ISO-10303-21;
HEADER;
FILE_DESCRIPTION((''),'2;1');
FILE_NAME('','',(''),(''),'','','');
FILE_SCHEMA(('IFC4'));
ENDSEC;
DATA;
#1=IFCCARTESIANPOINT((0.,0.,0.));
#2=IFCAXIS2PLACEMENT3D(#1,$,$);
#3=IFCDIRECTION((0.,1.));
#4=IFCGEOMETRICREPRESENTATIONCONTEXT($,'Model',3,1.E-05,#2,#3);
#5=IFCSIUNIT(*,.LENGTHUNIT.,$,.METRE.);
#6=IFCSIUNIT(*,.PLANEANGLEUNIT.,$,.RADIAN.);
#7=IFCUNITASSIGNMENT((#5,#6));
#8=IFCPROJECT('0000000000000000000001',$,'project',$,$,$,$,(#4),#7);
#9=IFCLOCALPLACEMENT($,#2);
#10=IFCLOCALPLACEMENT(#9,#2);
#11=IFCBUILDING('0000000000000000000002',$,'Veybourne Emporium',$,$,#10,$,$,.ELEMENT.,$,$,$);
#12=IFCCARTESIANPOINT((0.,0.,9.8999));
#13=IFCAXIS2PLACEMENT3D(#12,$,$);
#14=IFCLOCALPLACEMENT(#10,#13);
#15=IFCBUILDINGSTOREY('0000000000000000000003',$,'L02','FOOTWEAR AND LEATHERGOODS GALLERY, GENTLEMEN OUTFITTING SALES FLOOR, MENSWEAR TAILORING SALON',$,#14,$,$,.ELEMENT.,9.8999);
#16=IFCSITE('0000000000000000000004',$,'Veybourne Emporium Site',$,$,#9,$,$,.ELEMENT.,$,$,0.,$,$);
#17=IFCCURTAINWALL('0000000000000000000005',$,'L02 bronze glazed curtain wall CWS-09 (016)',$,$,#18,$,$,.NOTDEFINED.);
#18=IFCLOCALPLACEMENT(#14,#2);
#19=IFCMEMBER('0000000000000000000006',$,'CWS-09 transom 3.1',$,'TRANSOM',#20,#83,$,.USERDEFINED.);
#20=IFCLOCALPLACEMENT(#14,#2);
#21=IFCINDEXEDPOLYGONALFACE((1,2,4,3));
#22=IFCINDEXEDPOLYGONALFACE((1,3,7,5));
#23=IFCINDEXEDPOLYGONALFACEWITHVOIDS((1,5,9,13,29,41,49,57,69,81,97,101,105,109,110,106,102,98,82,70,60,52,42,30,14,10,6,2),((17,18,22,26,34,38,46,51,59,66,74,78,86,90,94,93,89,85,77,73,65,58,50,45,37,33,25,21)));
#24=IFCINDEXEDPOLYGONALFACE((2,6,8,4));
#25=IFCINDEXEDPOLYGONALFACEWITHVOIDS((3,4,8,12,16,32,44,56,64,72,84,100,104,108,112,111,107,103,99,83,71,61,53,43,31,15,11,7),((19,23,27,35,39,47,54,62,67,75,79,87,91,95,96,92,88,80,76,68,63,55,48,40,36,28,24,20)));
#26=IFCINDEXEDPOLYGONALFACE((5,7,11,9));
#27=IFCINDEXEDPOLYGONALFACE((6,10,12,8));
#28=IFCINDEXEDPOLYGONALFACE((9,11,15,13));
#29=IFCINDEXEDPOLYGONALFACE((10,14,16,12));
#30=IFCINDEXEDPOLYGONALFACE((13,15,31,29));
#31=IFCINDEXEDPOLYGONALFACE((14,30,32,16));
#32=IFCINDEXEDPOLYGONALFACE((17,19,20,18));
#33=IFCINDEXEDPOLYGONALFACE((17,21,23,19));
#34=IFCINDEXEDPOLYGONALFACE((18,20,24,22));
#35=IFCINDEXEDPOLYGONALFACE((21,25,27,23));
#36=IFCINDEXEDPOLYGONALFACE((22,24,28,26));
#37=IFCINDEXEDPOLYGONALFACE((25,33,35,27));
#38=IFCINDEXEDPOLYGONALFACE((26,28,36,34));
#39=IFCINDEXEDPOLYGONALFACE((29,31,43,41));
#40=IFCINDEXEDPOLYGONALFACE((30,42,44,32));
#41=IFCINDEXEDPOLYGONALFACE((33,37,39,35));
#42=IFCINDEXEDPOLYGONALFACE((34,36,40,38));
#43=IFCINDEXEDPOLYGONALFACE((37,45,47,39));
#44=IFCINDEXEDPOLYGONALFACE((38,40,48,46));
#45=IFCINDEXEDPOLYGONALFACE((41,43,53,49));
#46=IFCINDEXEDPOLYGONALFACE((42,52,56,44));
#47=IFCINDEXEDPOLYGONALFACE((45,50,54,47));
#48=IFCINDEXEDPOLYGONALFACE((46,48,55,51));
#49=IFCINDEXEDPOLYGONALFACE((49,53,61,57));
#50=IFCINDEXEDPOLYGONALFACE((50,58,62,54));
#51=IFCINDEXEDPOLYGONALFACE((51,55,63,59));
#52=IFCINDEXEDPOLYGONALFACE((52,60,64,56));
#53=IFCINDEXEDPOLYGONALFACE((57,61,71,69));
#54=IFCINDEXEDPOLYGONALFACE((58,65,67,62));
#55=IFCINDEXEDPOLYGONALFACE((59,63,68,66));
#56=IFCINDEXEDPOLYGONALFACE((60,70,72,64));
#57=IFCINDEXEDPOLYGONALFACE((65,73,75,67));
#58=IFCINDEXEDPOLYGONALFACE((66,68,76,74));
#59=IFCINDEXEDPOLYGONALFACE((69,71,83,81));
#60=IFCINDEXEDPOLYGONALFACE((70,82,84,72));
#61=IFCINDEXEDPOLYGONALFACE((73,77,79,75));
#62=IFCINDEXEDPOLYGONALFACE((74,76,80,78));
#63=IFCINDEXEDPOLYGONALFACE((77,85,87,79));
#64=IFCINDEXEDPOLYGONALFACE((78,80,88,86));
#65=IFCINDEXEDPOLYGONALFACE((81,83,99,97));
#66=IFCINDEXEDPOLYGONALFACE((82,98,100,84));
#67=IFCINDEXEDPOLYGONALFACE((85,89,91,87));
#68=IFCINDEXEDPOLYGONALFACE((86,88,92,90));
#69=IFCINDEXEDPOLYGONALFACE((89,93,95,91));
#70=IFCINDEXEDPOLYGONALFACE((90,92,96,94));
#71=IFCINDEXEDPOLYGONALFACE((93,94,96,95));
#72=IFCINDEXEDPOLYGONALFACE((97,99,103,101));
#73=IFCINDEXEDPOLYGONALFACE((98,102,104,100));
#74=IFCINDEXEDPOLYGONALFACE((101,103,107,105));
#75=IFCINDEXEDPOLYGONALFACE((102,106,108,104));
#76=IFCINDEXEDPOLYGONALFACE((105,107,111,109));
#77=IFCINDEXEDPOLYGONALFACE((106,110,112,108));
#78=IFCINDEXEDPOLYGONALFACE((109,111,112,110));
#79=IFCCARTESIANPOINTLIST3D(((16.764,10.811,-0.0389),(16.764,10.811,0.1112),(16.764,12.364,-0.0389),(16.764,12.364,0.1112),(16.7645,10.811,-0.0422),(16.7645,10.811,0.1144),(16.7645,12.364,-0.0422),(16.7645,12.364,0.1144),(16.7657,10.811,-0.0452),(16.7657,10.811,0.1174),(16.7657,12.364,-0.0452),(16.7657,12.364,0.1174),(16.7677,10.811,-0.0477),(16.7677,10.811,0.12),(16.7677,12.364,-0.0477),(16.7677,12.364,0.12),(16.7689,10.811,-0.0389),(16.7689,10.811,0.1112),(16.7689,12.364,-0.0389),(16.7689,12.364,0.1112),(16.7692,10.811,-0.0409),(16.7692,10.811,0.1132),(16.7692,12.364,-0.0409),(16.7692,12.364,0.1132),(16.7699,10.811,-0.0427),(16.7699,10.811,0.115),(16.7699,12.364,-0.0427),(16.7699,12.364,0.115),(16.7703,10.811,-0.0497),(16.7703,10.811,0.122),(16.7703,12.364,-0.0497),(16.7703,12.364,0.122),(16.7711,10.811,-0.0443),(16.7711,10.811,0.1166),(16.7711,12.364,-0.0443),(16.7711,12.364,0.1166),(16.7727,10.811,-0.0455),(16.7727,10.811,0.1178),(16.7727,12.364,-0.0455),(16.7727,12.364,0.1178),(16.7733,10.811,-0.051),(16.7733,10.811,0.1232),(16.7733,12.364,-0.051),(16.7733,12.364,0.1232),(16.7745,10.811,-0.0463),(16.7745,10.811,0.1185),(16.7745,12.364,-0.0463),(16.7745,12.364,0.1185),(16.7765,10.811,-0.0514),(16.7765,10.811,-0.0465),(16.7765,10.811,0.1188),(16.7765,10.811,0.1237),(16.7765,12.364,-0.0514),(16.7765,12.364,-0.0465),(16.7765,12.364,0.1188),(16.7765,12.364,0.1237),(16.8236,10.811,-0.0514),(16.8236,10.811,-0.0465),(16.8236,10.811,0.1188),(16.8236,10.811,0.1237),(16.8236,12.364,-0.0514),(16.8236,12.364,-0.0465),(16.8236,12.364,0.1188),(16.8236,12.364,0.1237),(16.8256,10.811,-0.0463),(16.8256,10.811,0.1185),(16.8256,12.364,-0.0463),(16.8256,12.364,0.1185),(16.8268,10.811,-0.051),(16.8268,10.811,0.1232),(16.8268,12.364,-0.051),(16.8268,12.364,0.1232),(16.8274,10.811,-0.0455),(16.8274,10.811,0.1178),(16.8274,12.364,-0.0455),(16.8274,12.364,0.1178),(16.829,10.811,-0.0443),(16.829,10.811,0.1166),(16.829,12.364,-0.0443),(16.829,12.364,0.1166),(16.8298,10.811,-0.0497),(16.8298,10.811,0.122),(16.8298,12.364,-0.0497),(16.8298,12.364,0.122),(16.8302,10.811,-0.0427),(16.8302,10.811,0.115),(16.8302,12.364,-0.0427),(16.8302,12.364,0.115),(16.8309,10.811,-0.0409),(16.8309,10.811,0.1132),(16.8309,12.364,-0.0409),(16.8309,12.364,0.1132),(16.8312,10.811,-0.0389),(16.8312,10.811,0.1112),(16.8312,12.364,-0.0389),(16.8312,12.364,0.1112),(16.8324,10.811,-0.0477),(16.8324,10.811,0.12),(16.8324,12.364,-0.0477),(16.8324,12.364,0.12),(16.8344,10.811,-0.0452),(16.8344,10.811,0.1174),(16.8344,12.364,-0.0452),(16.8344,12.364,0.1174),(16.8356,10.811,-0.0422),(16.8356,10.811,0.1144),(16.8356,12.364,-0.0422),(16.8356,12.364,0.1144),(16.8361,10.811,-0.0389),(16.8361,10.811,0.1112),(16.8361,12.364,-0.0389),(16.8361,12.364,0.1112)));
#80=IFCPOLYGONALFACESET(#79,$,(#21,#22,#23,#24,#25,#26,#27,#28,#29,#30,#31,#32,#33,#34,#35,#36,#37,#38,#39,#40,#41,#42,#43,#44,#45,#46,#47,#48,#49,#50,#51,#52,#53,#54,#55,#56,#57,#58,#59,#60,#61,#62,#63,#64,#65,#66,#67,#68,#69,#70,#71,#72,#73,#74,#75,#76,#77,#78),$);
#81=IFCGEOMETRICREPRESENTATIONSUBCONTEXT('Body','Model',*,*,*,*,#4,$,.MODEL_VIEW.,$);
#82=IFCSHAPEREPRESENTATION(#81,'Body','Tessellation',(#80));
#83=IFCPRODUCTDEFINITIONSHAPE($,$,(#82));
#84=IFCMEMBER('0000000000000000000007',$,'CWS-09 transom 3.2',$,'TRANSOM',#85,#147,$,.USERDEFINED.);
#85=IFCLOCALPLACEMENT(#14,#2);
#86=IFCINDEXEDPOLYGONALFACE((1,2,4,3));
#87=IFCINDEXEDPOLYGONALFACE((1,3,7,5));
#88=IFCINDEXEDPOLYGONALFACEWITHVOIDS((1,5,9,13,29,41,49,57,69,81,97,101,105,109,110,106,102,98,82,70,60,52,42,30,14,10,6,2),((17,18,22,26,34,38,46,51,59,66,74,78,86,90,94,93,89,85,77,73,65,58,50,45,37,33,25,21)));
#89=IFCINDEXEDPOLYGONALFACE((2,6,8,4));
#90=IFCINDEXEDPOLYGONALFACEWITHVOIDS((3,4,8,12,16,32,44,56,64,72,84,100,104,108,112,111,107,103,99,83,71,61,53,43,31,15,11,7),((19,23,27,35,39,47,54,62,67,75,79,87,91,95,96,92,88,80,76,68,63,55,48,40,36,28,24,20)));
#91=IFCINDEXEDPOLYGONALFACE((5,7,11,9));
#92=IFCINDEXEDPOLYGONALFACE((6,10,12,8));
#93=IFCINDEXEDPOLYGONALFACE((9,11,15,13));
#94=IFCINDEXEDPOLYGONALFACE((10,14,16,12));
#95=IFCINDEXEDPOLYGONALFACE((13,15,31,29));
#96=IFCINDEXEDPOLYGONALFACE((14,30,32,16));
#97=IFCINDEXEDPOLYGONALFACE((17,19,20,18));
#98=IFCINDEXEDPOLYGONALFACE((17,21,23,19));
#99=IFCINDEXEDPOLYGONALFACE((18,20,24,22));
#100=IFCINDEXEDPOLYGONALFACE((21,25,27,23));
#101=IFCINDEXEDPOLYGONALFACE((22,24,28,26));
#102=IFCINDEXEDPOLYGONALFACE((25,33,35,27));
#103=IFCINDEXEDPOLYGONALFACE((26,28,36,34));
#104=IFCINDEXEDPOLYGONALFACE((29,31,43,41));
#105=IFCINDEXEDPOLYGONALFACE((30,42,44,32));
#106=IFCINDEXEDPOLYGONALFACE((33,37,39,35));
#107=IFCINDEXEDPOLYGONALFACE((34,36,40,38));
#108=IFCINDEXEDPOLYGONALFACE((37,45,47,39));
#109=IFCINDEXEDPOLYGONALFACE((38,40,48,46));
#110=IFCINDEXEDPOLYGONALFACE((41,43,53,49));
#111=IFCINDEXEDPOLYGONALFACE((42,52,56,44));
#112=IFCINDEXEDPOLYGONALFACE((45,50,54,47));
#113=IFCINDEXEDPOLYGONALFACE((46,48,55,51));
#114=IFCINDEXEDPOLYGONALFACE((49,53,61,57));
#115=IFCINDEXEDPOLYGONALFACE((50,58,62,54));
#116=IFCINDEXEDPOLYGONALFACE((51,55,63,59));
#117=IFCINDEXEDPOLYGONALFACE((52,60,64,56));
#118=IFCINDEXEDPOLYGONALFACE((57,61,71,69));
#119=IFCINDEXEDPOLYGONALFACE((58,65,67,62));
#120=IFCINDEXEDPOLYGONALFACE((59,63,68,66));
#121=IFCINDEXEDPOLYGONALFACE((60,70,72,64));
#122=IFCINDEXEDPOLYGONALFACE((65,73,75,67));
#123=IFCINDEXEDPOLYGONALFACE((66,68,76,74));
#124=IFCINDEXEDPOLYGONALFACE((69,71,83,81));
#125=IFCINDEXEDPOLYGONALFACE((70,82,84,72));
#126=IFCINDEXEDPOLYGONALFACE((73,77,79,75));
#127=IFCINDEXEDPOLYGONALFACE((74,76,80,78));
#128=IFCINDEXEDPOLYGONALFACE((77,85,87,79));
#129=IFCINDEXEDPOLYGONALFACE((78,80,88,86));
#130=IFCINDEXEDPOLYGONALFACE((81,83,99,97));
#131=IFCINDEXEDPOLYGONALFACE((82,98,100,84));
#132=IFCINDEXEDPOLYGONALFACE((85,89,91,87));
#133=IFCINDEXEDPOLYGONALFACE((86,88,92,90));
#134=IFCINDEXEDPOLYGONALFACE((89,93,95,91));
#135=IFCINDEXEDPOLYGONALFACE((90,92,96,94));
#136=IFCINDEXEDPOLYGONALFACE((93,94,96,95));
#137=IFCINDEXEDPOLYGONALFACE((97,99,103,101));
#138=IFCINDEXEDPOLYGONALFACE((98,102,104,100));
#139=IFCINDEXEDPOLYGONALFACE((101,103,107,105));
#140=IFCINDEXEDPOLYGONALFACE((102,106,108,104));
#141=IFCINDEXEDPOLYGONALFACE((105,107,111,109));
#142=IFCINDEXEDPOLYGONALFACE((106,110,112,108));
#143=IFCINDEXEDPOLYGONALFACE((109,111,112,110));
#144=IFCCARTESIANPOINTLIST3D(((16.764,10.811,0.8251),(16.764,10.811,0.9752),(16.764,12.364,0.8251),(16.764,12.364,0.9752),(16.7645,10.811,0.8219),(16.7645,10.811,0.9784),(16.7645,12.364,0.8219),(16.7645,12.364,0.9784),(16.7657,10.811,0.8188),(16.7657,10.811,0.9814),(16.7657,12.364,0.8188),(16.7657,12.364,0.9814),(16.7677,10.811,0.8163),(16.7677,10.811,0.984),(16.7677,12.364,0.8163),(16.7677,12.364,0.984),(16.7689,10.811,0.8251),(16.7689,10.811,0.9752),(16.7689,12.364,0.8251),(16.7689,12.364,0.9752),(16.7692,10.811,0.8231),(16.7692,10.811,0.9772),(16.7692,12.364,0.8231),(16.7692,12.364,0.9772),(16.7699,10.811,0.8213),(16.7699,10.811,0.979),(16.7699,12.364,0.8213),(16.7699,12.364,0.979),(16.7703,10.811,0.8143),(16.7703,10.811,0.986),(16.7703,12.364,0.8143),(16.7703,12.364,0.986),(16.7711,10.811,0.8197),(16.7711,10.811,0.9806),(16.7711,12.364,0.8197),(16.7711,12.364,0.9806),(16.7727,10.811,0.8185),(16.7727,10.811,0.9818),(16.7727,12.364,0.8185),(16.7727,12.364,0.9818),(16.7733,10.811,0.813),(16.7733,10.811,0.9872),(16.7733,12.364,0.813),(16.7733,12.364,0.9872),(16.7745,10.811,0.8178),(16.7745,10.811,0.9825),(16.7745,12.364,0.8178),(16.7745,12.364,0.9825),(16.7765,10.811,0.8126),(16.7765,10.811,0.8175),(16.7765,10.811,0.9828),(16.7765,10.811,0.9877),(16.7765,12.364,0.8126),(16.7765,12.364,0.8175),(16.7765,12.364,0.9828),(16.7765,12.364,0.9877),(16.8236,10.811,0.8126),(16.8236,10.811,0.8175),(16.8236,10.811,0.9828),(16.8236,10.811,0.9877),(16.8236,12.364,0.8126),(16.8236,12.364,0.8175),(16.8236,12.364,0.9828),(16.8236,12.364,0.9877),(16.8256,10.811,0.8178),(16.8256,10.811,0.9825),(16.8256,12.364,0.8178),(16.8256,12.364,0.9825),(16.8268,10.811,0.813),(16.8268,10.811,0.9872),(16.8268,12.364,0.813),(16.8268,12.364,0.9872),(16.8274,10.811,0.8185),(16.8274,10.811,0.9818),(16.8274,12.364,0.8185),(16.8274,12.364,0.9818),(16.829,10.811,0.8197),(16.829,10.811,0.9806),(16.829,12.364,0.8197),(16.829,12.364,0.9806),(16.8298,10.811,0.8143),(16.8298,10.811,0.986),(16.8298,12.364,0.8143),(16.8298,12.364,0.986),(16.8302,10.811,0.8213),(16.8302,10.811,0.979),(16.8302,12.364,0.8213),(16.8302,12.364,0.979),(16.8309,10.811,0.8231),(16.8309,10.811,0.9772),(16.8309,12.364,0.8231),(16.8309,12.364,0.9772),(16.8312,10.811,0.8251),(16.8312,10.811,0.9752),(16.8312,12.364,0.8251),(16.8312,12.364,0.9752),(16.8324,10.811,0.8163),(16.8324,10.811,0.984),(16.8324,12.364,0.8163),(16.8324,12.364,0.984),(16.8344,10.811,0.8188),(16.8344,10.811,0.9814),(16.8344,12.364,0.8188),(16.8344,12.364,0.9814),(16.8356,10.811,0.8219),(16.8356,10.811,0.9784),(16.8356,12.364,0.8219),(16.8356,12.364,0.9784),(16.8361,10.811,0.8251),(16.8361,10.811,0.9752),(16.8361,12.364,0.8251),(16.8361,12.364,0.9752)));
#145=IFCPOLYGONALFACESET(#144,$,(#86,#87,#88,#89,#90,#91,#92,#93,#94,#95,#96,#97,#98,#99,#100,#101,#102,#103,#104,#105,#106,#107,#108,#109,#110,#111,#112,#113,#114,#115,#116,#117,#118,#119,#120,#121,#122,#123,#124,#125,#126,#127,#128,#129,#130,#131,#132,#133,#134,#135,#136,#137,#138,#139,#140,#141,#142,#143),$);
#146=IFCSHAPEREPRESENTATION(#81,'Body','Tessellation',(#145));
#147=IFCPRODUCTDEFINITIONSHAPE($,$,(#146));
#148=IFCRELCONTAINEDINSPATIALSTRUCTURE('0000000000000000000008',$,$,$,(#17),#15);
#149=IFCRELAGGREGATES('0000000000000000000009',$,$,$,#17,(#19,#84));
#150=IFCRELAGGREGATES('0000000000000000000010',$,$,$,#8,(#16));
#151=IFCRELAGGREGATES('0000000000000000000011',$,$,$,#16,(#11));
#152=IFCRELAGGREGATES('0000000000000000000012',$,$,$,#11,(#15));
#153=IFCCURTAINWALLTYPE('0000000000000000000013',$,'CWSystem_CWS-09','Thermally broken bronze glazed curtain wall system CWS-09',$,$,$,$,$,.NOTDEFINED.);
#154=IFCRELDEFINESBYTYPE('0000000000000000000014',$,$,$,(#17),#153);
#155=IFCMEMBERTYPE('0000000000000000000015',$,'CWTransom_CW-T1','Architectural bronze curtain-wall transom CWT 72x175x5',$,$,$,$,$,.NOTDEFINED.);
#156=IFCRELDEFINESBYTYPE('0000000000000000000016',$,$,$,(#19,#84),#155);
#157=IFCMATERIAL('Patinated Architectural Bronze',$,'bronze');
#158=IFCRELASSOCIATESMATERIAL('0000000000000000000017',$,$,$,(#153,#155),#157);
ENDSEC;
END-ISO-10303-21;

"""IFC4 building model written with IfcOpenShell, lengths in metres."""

from ifc_helpers import new_model, si_unit, direction, frame, origin, origin_2d, place, context, subcontext, project, spatial, hollow_rectangle, extrude, material, material_profile, profile_set, type_object, element, aggregate, save


model = new_model("IFC4")

# Units and contexts
model_context = context("Model", 3, precision=1e-05, world=origin(), true_north=direction((0.0, 1.0)))
body_context = subcontext(model_context, "Body", "Model", "MODEL_VIEW")
ifc_project = project(units=[si_unit("LENGTHUNIT", "METRE"), si_unit("PLANEANGLEUNIT", "RADIAN")], contexts=[model_context])

# Site, building, storey
site_placement = place(None, origin())
site = spatial("IfcSite", under=ifc_project, at=site_placement, Name="Veybourne Emporium Site", CompositionType="ELEMENT", RefElevation=0.0)
building_placement = place(site_placement, origin())
building = spatial("IfcBuilding", under=site, at=building_placement, Name="Veybourne Emporium", CompositionType="ELEMENT")
storey_placement = place(building_placement, frame((0.0, 0.0, 9.8999)))
storey = spatial("IfcBuildingStorey", under=building, at=storey_placement, Name="L02", Description="FOOTWEAR AND LEATHERGOODS GALLERY, GENTLEMEN OUTFITTING SALES FLOOR, MENSWEAR TAILORING SALON", CompositionType="ELEMENT", Elevation=9.8999)

# Curtain wall
ifc_material_1 = material(Name="Patinated Architectural Bronze", Category="bronze")
curtain_wall_type_1 = type_object("IfcCurtainWallType", Name="CWSystem_CWS-09", Description="Thermally broken bronze glazed curtain wall system CWS-09", PredefinedType="NOTDEFINED", material=ifc_material_1)
curtain_wall_1_placement = place(storey_placement, origin())
curtain_wall_1 = element("IfcCurtainWall", 1, at=curtain_wall_1_placement, inside=storey, type_object=curtain_wall_type_1, Name="L02 bronze glazed curtain wall CWS-09 (016)", PredefinedType="NOTDEFINED")

# Members
ifc_material_profile_1 = material_profile(ifc_material_1, hollow_rectangle(XDim=0.072, YDim=0.175, WallThickness=0.0049, InnerFilletRadius=0.0076, OuterFilletRadius=0.0125, at=origin_2d()), Name="CWT 72x175x5")
ifc_profile_set_1 = profile_set([ifc_material_profile_1], Name="Patinated Architectural Bronze")
member_type_1 = type_object("IfcMemberType", Name="CWTransom_CW-T1", Description="Architectural bronze curtain-wall transom CWT 72x175x5", PredefinedType="NOTDEFINED", material=ifc_profile_set_1)
member_1_placement = place(storey_placement, frame((16.8, 10.811, 0.0361), z_axis=(0.0, 1.0, 0.0), x_axis=(-1.0, 0.0, 0.0)))
member_1 = element("IfcMember", 2, at=member_1_placement, type_object=member_type_1, Name="CWS-09 transom 3.1", ObjectType="TRANSOM", PredefinedType="USERDEFINED", context=body_context, shape_type="SweptSolid", body=[
    extrude(hollow_rectangle(XDim=0.072, YDim=0.175, WallThickness=0.0049, InnerFilletRadius=0.0076, OuterFilletRadius=0.0125, at=origin_2d()), origin(), (0.0, 0.0, 1.0), 1.553),
])
member_2_placement = place(storey_placement, frame((16.8, 10.811, 0.9001), z_axis=(0.0, 1.0, 0.0), x_axis=(-1.0, 0.0, 0.0)))
member_2 = element("IfcMember", 3, at=member_2_placement, type_object=member_type_1, Name="CWS-09 transom 3.2", ObjectType="TRANSOM", PredefinedType="USERDEFINED", context=body_context, shape_type="SweptSolid", body=[
    extrude(hollow_rectangle(XDim=0.072, YDim=0.175, WallThickness=0.0049, InnerFilletRadius=0.0076, OuterFilletRadius=0.0125, at=origin_2d()), origin(), (0.0, 0.0, 1.0), 1.553),
])

aggregate(curtain_wall_1, [member_1, member_2])

save(model, "model.ifc")
